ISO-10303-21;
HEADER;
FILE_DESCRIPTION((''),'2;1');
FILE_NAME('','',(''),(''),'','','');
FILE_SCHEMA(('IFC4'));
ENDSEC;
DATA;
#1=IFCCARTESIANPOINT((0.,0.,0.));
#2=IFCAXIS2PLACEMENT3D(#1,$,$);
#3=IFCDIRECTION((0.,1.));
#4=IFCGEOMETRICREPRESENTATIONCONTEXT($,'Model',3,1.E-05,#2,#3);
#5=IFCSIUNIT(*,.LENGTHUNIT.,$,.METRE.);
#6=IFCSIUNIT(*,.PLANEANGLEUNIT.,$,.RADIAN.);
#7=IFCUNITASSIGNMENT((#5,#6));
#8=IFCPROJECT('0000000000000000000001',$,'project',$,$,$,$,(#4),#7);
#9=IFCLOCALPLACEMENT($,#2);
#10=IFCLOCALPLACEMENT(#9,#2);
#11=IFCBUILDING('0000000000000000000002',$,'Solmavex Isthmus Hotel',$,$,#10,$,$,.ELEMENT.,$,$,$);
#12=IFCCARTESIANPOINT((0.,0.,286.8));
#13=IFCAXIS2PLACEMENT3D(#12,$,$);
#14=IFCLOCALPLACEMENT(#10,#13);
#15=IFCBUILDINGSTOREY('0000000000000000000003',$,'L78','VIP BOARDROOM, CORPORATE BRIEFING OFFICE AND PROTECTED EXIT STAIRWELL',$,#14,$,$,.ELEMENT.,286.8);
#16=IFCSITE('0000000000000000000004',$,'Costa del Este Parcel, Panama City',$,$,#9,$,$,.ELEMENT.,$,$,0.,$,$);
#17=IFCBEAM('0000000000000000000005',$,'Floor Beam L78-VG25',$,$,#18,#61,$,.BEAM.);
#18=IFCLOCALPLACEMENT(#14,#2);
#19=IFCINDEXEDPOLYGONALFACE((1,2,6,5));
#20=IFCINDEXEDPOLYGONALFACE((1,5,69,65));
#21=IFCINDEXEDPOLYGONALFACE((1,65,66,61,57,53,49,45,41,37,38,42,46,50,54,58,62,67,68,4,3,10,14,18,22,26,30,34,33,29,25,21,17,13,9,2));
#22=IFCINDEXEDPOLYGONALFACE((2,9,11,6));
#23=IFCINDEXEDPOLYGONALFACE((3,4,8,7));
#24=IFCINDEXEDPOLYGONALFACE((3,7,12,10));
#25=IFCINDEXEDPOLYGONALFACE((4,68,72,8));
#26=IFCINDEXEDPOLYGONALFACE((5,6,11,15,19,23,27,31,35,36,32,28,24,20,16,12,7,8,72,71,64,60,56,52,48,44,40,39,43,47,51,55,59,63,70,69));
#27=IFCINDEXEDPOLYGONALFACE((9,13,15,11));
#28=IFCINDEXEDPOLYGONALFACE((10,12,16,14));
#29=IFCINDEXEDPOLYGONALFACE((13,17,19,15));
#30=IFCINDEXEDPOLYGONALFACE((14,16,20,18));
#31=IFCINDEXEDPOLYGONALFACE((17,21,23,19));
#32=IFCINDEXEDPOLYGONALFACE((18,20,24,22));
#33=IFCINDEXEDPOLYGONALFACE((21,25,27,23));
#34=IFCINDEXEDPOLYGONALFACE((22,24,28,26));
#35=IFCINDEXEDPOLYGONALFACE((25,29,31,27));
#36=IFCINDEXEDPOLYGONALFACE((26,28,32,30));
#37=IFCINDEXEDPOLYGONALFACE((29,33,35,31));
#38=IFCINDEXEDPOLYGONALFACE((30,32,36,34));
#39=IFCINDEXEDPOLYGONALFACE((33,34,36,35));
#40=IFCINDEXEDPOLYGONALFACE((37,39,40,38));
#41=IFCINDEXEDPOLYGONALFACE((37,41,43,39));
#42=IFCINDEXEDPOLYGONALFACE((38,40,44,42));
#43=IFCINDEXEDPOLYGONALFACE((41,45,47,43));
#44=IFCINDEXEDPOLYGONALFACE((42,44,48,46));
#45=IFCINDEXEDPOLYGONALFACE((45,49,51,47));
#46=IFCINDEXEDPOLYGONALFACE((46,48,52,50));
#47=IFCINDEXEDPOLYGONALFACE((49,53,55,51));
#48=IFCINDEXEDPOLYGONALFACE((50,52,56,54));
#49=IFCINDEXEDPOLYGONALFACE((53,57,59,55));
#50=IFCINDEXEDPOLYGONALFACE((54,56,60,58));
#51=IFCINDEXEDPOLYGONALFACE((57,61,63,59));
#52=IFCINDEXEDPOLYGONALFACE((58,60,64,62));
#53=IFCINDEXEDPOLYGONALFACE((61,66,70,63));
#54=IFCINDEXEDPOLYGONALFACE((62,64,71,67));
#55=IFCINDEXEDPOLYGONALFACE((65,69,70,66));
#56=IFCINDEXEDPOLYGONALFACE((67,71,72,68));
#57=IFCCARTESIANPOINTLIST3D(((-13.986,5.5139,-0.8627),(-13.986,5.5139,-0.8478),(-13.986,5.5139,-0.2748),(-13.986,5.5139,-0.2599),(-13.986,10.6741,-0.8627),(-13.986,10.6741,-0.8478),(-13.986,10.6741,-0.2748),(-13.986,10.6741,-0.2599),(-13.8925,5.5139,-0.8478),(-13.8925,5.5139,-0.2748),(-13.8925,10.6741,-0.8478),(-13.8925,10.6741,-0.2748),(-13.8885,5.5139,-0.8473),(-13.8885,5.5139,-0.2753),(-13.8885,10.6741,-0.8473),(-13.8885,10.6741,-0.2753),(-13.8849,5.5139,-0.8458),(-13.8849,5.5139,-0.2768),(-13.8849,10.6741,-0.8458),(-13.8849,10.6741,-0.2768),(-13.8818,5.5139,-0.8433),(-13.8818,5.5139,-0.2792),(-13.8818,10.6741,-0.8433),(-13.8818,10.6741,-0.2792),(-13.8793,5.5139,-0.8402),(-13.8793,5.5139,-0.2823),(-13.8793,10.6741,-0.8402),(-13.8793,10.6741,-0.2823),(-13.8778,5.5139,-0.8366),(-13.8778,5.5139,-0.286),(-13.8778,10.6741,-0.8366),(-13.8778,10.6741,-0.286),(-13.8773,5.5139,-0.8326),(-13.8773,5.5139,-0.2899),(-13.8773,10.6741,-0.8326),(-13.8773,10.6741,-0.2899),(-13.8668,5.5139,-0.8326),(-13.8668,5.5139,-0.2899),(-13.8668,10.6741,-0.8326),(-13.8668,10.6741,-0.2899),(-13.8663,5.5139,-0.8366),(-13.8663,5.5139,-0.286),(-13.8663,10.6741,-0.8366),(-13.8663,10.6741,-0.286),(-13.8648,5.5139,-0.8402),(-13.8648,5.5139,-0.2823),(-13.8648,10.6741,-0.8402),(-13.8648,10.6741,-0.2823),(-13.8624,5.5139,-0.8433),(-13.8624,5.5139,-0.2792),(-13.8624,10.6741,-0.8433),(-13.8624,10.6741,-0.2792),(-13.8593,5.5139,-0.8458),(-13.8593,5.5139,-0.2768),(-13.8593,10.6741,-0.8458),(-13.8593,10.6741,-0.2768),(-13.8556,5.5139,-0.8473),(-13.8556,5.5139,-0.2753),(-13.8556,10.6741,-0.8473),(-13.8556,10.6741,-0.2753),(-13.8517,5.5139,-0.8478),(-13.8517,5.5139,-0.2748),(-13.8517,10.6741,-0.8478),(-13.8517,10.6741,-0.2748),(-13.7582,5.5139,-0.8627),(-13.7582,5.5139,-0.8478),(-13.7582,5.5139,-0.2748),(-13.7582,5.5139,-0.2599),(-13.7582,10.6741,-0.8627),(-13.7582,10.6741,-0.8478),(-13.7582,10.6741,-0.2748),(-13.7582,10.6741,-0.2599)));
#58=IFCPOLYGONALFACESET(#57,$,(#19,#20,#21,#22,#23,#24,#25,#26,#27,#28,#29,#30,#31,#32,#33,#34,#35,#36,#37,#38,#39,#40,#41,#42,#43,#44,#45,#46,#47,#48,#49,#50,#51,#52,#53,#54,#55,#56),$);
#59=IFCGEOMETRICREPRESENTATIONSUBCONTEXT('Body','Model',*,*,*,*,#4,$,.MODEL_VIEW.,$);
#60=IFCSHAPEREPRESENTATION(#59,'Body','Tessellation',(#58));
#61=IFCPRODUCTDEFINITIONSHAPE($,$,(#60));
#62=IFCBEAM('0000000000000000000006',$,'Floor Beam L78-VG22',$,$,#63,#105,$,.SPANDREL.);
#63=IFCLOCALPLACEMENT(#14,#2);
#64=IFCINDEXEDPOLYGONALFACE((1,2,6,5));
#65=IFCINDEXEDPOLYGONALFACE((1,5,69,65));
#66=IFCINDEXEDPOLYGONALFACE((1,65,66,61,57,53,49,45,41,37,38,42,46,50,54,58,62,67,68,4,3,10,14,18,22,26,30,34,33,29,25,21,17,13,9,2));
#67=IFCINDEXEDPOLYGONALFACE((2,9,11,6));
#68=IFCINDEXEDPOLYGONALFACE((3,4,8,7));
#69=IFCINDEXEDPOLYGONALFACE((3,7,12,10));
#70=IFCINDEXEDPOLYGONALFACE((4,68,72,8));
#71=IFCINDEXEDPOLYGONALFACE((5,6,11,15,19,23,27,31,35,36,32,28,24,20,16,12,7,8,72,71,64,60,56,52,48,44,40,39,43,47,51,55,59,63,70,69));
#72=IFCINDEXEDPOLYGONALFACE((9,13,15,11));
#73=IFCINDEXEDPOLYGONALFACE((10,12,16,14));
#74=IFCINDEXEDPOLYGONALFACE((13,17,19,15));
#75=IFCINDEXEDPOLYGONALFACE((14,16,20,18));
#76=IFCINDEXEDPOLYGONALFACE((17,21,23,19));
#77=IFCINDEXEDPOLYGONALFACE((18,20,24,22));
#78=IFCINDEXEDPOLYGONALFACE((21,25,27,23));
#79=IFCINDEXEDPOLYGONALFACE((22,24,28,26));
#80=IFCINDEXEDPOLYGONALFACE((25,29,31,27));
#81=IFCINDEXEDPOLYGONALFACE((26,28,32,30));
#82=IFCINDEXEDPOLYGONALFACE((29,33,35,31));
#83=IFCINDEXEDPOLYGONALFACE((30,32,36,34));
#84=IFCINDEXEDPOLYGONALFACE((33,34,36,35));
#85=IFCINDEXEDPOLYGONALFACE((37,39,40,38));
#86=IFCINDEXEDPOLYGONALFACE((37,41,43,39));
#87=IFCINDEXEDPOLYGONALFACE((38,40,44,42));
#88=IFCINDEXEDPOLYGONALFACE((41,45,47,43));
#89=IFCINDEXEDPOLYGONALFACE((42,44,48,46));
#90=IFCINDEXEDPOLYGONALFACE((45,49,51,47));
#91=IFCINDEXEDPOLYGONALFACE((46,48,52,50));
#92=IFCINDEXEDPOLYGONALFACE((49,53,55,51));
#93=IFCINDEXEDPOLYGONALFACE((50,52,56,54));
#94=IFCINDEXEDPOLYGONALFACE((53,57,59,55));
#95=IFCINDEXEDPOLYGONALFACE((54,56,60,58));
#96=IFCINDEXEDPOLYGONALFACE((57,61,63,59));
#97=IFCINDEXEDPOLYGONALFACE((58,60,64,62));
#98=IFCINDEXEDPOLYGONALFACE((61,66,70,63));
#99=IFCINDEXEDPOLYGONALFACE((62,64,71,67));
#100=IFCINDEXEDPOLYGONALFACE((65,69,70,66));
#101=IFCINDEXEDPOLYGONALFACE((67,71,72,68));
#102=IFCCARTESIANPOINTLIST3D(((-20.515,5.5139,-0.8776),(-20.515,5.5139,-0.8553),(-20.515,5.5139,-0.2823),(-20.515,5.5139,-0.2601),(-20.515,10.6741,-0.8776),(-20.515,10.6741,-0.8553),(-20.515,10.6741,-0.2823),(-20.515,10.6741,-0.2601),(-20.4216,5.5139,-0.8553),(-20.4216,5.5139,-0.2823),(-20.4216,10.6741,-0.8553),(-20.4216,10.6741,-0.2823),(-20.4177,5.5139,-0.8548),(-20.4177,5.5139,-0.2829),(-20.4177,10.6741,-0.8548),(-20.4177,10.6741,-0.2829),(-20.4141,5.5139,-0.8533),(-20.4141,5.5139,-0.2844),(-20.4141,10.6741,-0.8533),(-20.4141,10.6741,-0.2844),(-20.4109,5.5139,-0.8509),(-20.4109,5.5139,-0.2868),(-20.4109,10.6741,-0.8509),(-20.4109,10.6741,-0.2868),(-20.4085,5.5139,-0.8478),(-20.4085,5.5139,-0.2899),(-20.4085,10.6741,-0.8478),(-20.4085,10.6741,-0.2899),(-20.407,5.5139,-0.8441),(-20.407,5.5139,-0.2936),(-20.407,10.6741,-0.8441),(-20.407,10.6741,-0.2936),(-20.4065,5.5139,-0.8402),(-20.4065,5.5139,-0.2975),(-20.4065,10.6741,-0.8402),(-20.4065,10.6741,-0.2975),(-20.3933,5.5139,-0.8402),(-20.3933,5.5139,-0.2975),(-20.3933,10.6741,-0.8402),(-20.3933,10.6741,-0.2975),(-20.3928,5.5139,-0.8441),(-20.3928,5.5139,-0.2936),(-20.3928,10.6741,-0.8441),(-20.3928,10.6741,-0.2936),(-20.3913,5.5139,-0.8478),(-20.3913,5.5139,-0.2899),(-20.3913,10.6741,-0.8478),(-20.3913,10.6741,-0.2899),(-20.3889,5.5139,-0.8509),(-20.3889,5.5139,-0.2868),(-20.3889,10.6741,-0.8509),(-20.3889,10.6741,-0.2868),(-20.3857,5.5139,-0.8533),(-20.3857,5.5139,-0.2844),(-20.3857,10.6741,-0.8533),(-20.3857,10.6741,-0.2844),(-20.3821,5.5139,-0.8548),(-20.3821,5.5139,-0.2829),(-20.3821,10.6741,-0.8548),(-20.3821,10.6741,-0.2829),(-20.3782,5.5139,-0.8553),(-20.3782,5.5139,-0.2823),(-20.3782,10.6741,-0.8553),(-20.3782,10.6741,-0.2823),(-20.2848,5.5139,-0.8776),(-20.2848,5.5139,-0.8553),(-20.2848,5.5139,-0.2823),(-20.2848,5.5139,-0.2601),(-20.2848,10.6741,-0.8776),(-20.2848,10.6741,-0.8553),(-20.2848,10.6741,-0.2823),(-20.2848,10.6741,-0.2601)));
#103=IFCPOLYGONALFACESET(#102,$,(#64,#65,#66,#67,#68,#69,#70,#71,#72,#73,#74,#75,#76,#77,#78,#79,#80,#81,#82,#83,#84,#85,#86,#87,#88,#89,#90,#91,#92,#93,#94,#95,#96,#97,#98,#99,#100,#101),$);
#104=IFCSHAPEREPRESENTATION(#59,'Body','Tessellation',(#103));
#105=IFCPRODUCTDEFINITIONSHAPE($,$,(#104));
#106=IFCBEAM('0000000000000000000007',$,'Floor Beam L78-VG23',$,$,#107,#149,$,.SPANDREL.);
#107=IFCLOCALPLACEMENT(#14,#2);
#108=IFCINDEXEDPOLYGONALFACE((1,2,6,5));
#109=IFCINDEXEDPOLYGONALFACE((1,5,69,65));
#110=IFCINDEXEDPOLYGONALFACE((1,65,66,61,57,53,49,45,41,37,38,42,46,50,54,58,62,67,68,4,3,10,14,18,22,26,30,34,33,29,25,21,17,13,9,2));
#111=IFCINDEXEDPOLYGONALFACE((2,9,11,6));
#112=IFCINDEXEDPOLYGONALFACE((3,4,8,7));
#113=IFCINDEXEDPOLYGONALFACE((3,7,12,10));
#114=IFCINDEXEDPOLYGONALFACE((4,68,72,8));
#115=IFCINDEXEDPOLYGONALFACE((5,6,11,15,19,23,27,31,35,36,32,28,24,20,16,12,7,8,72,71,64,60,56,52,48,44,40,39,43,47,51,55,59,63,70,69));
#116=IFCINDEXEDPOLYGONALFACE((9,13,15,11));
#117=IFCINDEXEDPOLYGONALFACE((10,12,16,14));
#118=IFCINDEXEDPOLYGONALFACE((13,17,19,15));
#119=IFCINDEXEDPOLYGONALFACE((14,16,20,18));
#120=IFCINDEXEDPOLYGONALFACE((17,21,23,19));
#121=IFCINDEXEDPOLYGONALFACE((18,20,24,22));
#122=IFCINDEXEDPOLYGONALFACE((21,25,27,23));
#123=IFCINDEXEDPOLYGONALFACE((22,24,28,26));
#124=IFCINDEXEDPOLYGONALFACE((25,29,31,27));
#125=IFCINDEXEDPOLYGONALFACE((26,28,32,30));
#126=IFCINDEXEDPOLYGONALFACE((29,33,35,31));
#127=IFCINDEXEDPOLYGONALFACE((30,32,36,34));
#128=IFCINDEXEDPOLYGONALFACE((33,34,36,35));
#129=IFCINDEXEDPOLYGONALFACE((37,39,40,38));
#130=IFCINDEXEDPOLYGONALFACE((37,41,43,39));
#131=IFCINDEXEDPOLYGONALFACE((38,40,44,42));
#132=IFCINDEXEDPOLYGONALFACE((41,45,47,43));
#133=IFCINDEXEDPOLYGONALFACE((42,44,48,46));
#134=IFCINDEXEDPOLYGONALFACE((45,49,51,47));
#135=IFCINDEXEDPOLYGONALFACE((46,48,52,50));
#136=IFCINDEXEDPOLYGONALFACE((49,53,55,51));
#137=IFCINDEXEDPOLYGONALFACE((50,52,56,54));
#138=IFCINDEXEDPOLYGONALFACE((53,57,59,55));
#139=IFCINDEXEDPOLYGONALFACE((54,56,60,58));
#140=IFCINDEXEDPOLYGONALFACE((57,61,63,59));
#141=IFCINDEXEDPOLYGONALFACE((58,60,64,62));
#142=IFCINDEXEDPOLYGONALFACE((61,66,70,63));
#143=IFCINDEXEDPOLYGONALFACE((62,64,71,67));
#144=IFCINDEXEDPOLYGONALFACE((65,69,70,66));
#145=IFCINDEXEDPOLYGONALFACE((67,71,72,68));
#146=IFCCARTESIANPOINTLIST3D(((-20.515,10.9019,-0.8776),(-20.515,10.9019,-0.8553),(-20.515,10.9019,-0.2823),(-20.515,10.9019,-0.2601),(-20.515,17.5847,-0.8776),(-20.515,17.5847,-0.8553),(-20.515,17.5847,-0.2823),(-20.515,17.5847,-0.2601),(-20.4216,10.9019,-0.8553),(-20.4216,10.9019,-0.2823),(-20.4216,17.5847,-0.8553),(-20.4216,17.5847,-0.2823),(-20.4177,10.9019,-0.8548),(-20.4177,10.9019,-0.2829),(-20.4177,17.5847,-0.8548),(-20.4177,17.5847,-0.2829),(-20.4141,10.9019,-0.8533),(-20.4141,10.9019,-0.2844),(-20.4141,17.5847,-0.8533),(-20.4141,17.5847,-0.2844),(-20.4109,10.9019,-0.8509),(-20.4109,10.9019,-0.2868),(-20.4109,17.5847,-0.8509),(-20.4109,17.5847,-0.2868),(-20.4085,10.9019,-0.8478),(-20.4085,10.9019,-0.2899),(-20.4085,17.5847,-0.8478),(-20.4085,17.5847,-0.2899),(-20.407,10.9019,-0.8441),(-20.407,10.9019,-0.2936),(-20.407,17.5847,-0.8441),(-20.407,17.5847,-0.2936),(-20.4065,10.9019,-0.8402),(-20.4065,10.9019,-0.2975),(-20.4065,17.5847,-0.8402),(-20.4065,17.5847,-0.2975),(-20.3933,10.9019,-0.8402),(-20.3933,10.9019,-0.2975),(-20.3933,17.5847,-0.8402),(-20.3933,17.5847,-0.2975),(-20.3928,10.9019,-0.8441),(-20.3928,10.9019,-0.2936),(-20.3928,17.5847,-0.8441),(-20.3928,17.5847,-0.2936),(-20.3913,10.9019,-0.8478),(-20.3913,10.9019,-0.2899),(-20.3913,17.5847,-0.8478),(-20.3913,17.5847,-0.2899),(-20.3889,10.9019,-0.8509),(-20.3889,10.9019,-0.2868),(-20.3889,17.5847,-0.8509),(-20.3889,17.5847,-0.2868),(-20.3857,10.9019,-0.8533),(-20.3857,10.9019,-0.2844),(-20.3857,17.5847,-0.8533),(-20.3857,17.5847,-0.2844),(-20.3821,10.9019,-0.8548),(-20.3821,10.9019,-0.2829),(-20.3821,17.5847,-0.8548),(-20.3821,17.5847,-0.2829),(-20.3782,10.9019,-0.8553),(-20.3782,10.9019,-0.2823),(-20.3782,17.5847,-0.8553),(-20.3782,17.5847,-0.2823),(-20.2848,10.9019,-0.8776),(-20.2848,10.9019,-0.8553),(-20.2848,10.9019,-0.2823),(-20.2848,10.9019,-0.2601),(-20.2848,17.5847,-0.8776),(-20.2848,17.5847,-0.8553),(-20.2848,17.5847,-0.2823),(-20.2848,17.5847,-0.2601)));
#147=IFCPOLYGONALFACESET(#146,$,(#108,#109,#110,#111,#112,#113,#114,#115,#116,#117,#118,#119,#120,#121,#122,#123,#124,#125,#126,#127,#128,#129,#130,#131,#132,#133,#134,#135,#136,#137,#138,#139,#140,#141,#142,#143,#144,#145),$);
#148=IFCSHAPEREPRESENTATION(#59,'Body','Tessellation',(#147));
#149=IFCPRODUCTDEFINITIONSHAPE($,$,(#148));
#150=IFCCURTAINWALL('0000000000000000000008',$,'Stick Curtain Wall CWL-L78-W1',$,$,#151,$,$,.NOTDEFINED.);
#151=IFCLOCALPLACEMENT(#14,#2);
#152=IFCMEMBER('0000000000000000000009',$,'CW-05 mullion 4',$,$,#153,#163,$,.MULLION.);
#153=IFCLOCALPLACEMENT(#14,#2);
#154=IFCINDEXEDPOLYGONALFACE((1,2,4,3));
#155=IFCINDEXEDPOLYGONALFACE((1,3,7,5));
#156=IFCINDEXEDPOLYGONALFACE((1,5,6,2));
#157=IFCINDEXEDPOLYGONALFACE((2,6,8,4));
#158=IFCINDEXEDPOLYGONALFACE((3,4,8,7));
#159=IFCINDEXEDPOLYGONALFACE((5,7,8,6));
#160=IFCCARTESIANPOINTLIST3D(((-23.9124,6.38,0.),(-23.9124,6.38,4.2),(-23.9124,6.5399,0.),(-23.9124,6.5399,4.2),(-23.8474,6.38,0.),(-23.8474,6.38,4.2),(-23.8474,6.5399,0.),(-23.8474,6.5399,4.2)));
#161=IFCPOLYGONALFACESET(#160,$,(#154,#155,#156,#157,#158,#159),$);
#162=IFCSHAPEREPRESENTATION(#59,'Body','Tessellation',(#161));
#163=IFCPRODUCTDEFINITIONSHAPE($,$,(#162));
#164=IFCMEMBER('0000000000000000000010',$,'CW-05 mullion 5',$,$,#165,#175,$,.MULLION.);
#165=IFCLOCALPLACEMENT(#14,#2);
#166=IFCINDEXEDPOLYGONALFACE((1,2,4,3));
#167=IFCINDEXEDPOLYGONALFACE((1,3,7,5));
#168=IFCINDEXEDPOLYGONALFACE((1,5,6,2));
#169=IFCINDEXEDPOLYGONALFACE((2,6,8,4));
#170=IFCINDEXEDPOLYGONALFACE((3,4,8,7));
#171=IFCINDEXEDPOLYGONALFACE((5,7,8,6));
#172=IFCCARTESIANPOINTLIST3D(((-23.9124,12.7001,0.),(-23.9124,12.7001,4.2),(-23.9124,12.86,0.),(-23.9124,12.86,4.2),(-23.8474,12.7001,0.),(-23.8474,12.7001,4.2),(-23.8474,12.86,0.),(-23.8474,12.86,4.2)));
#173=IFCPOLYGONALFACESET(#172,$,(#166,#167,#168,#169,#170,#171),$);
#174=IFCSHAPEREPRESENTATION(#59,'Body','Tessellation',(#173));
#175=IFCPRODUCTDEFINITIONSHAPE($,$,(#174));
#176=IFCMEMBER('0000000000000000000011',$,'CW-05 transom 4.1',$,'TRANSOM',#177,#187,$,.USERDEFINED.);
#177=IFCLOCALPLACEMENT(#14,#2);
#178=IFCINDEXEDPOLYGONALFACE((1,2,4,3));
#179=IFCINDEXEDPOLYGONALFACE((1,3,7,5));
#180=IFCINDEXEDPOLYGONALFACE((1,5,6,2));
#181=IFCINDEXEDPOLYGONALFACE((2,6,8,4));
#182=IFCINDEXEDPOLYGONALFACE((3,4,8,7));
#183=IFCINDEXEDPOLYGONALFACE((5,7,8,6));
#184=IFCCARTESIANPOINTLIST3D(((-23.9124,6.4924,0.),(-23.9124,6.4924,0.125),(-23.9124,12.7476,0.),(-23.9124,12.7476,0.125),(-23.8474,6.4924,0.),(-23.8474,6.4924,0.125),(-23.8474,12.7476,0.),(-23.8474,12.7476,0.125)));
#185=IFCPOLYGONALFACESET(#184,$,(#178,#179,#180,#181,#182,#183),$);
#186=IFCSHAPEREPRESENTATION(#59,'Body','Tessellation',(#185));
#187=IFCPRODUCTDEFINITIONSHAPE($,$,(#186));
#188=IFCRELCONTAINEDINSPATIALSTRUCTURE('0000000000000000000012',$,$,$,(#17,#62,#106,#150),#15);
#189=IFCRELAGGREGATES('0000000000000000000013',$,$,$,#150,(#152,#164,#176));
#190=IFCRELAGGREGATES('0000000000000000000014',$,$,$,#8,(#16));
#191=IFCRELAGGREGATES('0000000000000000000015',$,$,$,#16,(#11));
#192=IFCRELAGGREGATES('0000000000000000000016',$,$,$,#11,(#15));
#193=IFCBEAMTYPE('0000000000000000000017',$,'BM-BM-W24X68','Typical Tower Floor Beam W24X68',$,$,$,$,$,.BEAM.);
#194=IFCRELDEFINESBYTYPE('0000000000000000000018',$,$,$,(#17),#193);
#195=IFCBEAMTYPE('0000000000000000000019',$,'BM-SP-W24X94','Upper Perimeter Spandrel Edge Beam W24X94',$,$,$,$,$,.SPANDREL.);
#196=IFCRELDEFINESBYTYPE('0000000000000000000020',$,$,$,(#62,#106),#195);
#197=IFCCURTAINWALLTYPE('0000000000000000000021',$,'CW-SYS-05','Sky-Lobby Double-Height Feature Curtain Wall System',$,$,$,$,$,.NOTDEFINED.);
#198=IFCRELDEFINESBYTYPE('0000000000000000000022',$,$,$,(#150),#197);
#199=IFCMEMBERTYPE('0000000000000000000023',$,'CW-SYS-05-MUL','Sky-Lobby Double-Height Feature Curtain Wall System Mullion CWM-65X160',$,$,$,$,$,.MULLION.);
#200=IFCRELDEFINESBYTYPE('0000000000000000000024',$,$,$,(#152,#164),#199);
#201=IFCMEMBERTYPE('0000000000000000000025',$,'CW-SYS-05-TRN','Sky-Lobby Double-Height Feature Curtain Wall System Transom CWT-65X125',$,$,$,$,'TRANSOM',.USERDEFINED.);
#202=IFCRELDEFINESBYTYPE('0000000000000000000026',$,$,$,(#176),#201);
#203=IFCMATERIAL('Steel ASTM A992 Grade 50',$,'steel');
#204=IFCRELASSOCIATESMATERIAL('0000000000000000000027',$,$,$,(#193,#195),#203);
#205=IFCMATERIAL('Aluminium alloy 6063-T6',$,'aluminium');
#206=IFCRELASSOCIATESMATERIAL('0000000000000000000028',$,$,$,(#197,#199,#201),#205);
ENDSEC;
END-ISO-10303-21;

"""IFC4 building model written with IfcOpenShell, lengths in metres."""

from ifc_helpers import new_model, si_unit, direction, frame, origin, origin_2d, place, context, subcontext, project, spatial, rectangle, i_section, extrude, material, material_profile, profile_set, type_object, element, aggregate, save


model = new_model("IFC4")

# Units and contexts
model_context = context("Model", 3, precision=1e-05, world=origin(), true_north=direction((0.0, 1.0)))
body_context = subcontext(model_context, "Body", "Model", "MODEL_VIEW")
ifc_project = project(units=[si_unit("LENGTHUNIT", "METRE"), si_unit("PLANEANGLEUNIT", "RADIAN")], contexts=[model_context])

# Site, building, storey
site_placement = place(None, origin())
site = spatial("IfcSite", under=ifc_project, at=site_placement, Name="Costa del Este Parcel, Panama City", CompositionType="ELEMENT", RefElevation=0.0)
building_placement = place(site_placement, origin())
building = spatial("IfcBuilding", under=site, at=building_placement, Name="Solmavex Isthmus Hotel", CompositionType="ELEMENT")
storey_placement = place(building_placement, frame((0.0, 0.0, 286.8)))
storey = spatial("IfcBuildingStorey", under=building, at=storey_placement, Name="L78", Description="VIP BOARDROOM, CORPORATE BRIEFING OFFICE AND PROTECTED EXIT STAIRWELL", CompositionType="ELEMENT", Elevation=286.8)

# Beams
ifc_material_1 = material(Name="Steel ASTM A992 Grade 50", Category="steel")
ifc_material_profile_1 = material_profile(ifc_material_1, i_section(OverallWidth=0.2278, OverallDepth=0.6028, WebThickness=0.0105, FlangeThickness=0.0149, FilletRadius=0.0151, at=origin_2d()), Name="W24X68")
ifc_profile_set_1 = profile_set([ifc_material_profile_1], Name="Steel ASTM A992 Grade 50")
beam_type_1 = type_object("IfcBeamType", Name="BM-BM-W24X68", Description="Typical Tower Floor Beam W24X68", PredefinedType="BEAM", material=ifc_profile_set_1)
beam_1_placement = place(storey_placement, frame((-13.8721, 5.5139, -0.5613), z_axis=(0.0, 1.0, 0.0), x_axis=(-1.0, 0.0, 0.0)))
element("IfcBeam", 1, at=beam_1_placement, inside=storey, type_object=beam_type_1, Name="Floor Beam L78-VG25", PredefinedType="BEAM", context=body_context, shape_type="SweptSolid", body=[
    extrude(i_section(OverallWidth=0.2278, OverallDepth=0.6028, WebThickness=0.0105, FlangeThickness=0.0149, FilletRadius=0.0151, at=origin_2d()), origin(), (0.0, 0.0, 1.0), 5.1602),
])
ifc_material_profile_2 = material_profile(ifc_material_1, i_section(OverallWidth=0.2302, OverallDepth=0.6174, WebThickness=0.0132, FlangeThickness=0.0222, FilletRadius=0.0151, at=origin_2d()), Name="W24X94")
ifc_profile_set_2 = profile_set([ifc_material_profile_2], Name="Steel ASTM A992 Grade 50")
beam_type_2 = type_object("IfcBeamType", Name="BM-SP-W24X94", Description="Upper Perimeter Spandrel Edge Beam W24X94", PredefinedType="SPANDREL", material=ifc_profile_set_2)
beam_2_placement = place(storey_placement, frame((-20.3999, 5.5139, -0.5688), z_axis=(0.0, 1.0, 0.0), x_axis=(-1.0, 0.0, 0.0)))
element("IfcBeam", 2, at=beam_2_placement, inside=storey, type_object=beam_type_2, Name="Floor Beam L78-VG22", PredefinedType="SPANDREL", context=body_context, shape_type="SweptSolid", body=[
    extrude(i_section(OverallWidth=0.2302, OverallDepth=0.6174, WebThickness=0.0132, FlangeThickness=0.0222, FilletRadius=0.0151, at=origin_2d()), origin(), (0.0, 0.0, 1.0), 5.1602),
])
beam_3_placement = place(storey_placement, frame((-20.3999, 10.9019, -0.5688), z_axis=(0.0, 1.0, 0.0), x_axis=(-1.0, 0.0, 0.0)))
element("IfcBeam", 3, at=beam_3_placement, inside=storey, type_object=beam_type_2, Name="Floor Beam L78-VG23", PredefinedType="SPANDREL", context=body_context, shape_type="SweptSolid", body=[
    extrude(i_section(OverallWidth=0.2302, OverallDepth=0.6174, WebThickness=0.0132, FlangeThickness=0.0222, FilletRadius=0.0151, at=origin_2d()), origin(), (0.0, 0.0, 1.0), 6.6829),
])

# Curtain wall, members
ifc_material_2 = material(Name="Aluminium alloy 6063-T6", Category="aluminium")
curtain_wall_type = type_object("IfcCurtainWallType", Name="CW-SYS-05", Description="Sky-Lobby Double-Height Feature Curtain Wall System", PredefinedType="NOTDEFINED", material=ifc_material_2)
curtain_wall_placement = place(storey_placement, origin())
curtain_wall = element("IfcCurtainWall", 4, at=curtain_wall_placement, inside=storey, type_object=curtain_wall_type, Name="Stick Curtain Wall CWL-L78-W1", PredefinedType="NOTDEFINED")
ifc_material_profile_3 = material_profile(ifc_material_2, rectangle(XDim=0.0649, YDim=0.1599, at=origin_2d()), Name="CWM-65X160")
ifc_profile_set_3 = profile_set([ifc_material_profile_3], Name="Aluminium alloy 6063-T6")
member_type_1 = type_object("IfcMemberType", Name="CW-SYS-05-MUL", Description="Sky-Lobby Double-Height Feature Curtain Wall System Mullion CWM-65X160", PredefinedType="MULLION", material=ifc_profile_set_3)
member_1_placement = place(storey_placement, frame((-23.8799, 6.46, 0.0), z_axis=(0.0, 0.0, 1.0), x_axis=(-1.0, 0.0, 0.0)))
member_1 = element("IfcMember", 5, at=member_1_placement, type_object=member_type_1, Name="CW-05 mullion 4", PredefinedType="MULLION", context=body_context, shape_type="SweptSolid", body=[
    extrude(rectangle(XDim=0.0649, YDim=0.1599, at=origin_2d()), origin(), (0.0, 0.0, 1.0), 4.2),
])
member_2_placement = place(storey_placement, frame((-23.8799, 12.78, 0.0), z_axis=(0.0, 0.0, 1.0), x_axis=(-1.0, 0.0, 0.0)))
member_2 = element("IfcMember", 6, at=member_2_placement, type_object=member_type_1, Name="CW-05 mullion 5", PredefinedType="MULLION", context=body_context, shape_type="SweptSolid", body=[
    extrude(rectangle(XDim=0.0649, YDim=0.1599, at=origin_2d()), origin(), (0.0, 0.0, 1.0), 4.2),
])
ifc_material_profile_4 = material_profile(ifc_material_2, rectangle(XDim=0.0649, YDim=0.125, at=origin_2d()), Name="CWT-65X125")
ifc_profile_set_4 = profile_set([ifc_material_profile_4], Name="Aluminium alloy 6063-T6")
member_type_2 = type_object("IfcMemberType", Name="CW-SYS-05-TRN", Description="Sky-Lobby Double-Height Feature Curtain Wall System Transom CWT-65X125", ElementType="TRANSOM", PredefinedType="USERDEFINED", material=ifc_profile_set_4)
member_3_placement = place(storey_placement, frame((-23.8799, 6.4924, 0.0625), z_axis=(0.0, 1.0, 0.0), x_axis=(-1.0, 0.0, 0.0)))
member_3 = element("IfcMember", 7, at=member_3_placement, type_object=member_type_2, Name="CW-05 transom 4.1", ObjectType="TRANSOM", PredefinedType="USERDEFINED", context=body_context, shape_type="SweptSolid", body=[
    extrude(rectangle(XDim=0.0649, YDim=0.125, at=origin_2d()), origin(), (0.0, 0.0, 1.0), 6.2551),
])
aggregate(curtain_wall, [member_1, member_2, member_3])

save(model, "model.ifc")
